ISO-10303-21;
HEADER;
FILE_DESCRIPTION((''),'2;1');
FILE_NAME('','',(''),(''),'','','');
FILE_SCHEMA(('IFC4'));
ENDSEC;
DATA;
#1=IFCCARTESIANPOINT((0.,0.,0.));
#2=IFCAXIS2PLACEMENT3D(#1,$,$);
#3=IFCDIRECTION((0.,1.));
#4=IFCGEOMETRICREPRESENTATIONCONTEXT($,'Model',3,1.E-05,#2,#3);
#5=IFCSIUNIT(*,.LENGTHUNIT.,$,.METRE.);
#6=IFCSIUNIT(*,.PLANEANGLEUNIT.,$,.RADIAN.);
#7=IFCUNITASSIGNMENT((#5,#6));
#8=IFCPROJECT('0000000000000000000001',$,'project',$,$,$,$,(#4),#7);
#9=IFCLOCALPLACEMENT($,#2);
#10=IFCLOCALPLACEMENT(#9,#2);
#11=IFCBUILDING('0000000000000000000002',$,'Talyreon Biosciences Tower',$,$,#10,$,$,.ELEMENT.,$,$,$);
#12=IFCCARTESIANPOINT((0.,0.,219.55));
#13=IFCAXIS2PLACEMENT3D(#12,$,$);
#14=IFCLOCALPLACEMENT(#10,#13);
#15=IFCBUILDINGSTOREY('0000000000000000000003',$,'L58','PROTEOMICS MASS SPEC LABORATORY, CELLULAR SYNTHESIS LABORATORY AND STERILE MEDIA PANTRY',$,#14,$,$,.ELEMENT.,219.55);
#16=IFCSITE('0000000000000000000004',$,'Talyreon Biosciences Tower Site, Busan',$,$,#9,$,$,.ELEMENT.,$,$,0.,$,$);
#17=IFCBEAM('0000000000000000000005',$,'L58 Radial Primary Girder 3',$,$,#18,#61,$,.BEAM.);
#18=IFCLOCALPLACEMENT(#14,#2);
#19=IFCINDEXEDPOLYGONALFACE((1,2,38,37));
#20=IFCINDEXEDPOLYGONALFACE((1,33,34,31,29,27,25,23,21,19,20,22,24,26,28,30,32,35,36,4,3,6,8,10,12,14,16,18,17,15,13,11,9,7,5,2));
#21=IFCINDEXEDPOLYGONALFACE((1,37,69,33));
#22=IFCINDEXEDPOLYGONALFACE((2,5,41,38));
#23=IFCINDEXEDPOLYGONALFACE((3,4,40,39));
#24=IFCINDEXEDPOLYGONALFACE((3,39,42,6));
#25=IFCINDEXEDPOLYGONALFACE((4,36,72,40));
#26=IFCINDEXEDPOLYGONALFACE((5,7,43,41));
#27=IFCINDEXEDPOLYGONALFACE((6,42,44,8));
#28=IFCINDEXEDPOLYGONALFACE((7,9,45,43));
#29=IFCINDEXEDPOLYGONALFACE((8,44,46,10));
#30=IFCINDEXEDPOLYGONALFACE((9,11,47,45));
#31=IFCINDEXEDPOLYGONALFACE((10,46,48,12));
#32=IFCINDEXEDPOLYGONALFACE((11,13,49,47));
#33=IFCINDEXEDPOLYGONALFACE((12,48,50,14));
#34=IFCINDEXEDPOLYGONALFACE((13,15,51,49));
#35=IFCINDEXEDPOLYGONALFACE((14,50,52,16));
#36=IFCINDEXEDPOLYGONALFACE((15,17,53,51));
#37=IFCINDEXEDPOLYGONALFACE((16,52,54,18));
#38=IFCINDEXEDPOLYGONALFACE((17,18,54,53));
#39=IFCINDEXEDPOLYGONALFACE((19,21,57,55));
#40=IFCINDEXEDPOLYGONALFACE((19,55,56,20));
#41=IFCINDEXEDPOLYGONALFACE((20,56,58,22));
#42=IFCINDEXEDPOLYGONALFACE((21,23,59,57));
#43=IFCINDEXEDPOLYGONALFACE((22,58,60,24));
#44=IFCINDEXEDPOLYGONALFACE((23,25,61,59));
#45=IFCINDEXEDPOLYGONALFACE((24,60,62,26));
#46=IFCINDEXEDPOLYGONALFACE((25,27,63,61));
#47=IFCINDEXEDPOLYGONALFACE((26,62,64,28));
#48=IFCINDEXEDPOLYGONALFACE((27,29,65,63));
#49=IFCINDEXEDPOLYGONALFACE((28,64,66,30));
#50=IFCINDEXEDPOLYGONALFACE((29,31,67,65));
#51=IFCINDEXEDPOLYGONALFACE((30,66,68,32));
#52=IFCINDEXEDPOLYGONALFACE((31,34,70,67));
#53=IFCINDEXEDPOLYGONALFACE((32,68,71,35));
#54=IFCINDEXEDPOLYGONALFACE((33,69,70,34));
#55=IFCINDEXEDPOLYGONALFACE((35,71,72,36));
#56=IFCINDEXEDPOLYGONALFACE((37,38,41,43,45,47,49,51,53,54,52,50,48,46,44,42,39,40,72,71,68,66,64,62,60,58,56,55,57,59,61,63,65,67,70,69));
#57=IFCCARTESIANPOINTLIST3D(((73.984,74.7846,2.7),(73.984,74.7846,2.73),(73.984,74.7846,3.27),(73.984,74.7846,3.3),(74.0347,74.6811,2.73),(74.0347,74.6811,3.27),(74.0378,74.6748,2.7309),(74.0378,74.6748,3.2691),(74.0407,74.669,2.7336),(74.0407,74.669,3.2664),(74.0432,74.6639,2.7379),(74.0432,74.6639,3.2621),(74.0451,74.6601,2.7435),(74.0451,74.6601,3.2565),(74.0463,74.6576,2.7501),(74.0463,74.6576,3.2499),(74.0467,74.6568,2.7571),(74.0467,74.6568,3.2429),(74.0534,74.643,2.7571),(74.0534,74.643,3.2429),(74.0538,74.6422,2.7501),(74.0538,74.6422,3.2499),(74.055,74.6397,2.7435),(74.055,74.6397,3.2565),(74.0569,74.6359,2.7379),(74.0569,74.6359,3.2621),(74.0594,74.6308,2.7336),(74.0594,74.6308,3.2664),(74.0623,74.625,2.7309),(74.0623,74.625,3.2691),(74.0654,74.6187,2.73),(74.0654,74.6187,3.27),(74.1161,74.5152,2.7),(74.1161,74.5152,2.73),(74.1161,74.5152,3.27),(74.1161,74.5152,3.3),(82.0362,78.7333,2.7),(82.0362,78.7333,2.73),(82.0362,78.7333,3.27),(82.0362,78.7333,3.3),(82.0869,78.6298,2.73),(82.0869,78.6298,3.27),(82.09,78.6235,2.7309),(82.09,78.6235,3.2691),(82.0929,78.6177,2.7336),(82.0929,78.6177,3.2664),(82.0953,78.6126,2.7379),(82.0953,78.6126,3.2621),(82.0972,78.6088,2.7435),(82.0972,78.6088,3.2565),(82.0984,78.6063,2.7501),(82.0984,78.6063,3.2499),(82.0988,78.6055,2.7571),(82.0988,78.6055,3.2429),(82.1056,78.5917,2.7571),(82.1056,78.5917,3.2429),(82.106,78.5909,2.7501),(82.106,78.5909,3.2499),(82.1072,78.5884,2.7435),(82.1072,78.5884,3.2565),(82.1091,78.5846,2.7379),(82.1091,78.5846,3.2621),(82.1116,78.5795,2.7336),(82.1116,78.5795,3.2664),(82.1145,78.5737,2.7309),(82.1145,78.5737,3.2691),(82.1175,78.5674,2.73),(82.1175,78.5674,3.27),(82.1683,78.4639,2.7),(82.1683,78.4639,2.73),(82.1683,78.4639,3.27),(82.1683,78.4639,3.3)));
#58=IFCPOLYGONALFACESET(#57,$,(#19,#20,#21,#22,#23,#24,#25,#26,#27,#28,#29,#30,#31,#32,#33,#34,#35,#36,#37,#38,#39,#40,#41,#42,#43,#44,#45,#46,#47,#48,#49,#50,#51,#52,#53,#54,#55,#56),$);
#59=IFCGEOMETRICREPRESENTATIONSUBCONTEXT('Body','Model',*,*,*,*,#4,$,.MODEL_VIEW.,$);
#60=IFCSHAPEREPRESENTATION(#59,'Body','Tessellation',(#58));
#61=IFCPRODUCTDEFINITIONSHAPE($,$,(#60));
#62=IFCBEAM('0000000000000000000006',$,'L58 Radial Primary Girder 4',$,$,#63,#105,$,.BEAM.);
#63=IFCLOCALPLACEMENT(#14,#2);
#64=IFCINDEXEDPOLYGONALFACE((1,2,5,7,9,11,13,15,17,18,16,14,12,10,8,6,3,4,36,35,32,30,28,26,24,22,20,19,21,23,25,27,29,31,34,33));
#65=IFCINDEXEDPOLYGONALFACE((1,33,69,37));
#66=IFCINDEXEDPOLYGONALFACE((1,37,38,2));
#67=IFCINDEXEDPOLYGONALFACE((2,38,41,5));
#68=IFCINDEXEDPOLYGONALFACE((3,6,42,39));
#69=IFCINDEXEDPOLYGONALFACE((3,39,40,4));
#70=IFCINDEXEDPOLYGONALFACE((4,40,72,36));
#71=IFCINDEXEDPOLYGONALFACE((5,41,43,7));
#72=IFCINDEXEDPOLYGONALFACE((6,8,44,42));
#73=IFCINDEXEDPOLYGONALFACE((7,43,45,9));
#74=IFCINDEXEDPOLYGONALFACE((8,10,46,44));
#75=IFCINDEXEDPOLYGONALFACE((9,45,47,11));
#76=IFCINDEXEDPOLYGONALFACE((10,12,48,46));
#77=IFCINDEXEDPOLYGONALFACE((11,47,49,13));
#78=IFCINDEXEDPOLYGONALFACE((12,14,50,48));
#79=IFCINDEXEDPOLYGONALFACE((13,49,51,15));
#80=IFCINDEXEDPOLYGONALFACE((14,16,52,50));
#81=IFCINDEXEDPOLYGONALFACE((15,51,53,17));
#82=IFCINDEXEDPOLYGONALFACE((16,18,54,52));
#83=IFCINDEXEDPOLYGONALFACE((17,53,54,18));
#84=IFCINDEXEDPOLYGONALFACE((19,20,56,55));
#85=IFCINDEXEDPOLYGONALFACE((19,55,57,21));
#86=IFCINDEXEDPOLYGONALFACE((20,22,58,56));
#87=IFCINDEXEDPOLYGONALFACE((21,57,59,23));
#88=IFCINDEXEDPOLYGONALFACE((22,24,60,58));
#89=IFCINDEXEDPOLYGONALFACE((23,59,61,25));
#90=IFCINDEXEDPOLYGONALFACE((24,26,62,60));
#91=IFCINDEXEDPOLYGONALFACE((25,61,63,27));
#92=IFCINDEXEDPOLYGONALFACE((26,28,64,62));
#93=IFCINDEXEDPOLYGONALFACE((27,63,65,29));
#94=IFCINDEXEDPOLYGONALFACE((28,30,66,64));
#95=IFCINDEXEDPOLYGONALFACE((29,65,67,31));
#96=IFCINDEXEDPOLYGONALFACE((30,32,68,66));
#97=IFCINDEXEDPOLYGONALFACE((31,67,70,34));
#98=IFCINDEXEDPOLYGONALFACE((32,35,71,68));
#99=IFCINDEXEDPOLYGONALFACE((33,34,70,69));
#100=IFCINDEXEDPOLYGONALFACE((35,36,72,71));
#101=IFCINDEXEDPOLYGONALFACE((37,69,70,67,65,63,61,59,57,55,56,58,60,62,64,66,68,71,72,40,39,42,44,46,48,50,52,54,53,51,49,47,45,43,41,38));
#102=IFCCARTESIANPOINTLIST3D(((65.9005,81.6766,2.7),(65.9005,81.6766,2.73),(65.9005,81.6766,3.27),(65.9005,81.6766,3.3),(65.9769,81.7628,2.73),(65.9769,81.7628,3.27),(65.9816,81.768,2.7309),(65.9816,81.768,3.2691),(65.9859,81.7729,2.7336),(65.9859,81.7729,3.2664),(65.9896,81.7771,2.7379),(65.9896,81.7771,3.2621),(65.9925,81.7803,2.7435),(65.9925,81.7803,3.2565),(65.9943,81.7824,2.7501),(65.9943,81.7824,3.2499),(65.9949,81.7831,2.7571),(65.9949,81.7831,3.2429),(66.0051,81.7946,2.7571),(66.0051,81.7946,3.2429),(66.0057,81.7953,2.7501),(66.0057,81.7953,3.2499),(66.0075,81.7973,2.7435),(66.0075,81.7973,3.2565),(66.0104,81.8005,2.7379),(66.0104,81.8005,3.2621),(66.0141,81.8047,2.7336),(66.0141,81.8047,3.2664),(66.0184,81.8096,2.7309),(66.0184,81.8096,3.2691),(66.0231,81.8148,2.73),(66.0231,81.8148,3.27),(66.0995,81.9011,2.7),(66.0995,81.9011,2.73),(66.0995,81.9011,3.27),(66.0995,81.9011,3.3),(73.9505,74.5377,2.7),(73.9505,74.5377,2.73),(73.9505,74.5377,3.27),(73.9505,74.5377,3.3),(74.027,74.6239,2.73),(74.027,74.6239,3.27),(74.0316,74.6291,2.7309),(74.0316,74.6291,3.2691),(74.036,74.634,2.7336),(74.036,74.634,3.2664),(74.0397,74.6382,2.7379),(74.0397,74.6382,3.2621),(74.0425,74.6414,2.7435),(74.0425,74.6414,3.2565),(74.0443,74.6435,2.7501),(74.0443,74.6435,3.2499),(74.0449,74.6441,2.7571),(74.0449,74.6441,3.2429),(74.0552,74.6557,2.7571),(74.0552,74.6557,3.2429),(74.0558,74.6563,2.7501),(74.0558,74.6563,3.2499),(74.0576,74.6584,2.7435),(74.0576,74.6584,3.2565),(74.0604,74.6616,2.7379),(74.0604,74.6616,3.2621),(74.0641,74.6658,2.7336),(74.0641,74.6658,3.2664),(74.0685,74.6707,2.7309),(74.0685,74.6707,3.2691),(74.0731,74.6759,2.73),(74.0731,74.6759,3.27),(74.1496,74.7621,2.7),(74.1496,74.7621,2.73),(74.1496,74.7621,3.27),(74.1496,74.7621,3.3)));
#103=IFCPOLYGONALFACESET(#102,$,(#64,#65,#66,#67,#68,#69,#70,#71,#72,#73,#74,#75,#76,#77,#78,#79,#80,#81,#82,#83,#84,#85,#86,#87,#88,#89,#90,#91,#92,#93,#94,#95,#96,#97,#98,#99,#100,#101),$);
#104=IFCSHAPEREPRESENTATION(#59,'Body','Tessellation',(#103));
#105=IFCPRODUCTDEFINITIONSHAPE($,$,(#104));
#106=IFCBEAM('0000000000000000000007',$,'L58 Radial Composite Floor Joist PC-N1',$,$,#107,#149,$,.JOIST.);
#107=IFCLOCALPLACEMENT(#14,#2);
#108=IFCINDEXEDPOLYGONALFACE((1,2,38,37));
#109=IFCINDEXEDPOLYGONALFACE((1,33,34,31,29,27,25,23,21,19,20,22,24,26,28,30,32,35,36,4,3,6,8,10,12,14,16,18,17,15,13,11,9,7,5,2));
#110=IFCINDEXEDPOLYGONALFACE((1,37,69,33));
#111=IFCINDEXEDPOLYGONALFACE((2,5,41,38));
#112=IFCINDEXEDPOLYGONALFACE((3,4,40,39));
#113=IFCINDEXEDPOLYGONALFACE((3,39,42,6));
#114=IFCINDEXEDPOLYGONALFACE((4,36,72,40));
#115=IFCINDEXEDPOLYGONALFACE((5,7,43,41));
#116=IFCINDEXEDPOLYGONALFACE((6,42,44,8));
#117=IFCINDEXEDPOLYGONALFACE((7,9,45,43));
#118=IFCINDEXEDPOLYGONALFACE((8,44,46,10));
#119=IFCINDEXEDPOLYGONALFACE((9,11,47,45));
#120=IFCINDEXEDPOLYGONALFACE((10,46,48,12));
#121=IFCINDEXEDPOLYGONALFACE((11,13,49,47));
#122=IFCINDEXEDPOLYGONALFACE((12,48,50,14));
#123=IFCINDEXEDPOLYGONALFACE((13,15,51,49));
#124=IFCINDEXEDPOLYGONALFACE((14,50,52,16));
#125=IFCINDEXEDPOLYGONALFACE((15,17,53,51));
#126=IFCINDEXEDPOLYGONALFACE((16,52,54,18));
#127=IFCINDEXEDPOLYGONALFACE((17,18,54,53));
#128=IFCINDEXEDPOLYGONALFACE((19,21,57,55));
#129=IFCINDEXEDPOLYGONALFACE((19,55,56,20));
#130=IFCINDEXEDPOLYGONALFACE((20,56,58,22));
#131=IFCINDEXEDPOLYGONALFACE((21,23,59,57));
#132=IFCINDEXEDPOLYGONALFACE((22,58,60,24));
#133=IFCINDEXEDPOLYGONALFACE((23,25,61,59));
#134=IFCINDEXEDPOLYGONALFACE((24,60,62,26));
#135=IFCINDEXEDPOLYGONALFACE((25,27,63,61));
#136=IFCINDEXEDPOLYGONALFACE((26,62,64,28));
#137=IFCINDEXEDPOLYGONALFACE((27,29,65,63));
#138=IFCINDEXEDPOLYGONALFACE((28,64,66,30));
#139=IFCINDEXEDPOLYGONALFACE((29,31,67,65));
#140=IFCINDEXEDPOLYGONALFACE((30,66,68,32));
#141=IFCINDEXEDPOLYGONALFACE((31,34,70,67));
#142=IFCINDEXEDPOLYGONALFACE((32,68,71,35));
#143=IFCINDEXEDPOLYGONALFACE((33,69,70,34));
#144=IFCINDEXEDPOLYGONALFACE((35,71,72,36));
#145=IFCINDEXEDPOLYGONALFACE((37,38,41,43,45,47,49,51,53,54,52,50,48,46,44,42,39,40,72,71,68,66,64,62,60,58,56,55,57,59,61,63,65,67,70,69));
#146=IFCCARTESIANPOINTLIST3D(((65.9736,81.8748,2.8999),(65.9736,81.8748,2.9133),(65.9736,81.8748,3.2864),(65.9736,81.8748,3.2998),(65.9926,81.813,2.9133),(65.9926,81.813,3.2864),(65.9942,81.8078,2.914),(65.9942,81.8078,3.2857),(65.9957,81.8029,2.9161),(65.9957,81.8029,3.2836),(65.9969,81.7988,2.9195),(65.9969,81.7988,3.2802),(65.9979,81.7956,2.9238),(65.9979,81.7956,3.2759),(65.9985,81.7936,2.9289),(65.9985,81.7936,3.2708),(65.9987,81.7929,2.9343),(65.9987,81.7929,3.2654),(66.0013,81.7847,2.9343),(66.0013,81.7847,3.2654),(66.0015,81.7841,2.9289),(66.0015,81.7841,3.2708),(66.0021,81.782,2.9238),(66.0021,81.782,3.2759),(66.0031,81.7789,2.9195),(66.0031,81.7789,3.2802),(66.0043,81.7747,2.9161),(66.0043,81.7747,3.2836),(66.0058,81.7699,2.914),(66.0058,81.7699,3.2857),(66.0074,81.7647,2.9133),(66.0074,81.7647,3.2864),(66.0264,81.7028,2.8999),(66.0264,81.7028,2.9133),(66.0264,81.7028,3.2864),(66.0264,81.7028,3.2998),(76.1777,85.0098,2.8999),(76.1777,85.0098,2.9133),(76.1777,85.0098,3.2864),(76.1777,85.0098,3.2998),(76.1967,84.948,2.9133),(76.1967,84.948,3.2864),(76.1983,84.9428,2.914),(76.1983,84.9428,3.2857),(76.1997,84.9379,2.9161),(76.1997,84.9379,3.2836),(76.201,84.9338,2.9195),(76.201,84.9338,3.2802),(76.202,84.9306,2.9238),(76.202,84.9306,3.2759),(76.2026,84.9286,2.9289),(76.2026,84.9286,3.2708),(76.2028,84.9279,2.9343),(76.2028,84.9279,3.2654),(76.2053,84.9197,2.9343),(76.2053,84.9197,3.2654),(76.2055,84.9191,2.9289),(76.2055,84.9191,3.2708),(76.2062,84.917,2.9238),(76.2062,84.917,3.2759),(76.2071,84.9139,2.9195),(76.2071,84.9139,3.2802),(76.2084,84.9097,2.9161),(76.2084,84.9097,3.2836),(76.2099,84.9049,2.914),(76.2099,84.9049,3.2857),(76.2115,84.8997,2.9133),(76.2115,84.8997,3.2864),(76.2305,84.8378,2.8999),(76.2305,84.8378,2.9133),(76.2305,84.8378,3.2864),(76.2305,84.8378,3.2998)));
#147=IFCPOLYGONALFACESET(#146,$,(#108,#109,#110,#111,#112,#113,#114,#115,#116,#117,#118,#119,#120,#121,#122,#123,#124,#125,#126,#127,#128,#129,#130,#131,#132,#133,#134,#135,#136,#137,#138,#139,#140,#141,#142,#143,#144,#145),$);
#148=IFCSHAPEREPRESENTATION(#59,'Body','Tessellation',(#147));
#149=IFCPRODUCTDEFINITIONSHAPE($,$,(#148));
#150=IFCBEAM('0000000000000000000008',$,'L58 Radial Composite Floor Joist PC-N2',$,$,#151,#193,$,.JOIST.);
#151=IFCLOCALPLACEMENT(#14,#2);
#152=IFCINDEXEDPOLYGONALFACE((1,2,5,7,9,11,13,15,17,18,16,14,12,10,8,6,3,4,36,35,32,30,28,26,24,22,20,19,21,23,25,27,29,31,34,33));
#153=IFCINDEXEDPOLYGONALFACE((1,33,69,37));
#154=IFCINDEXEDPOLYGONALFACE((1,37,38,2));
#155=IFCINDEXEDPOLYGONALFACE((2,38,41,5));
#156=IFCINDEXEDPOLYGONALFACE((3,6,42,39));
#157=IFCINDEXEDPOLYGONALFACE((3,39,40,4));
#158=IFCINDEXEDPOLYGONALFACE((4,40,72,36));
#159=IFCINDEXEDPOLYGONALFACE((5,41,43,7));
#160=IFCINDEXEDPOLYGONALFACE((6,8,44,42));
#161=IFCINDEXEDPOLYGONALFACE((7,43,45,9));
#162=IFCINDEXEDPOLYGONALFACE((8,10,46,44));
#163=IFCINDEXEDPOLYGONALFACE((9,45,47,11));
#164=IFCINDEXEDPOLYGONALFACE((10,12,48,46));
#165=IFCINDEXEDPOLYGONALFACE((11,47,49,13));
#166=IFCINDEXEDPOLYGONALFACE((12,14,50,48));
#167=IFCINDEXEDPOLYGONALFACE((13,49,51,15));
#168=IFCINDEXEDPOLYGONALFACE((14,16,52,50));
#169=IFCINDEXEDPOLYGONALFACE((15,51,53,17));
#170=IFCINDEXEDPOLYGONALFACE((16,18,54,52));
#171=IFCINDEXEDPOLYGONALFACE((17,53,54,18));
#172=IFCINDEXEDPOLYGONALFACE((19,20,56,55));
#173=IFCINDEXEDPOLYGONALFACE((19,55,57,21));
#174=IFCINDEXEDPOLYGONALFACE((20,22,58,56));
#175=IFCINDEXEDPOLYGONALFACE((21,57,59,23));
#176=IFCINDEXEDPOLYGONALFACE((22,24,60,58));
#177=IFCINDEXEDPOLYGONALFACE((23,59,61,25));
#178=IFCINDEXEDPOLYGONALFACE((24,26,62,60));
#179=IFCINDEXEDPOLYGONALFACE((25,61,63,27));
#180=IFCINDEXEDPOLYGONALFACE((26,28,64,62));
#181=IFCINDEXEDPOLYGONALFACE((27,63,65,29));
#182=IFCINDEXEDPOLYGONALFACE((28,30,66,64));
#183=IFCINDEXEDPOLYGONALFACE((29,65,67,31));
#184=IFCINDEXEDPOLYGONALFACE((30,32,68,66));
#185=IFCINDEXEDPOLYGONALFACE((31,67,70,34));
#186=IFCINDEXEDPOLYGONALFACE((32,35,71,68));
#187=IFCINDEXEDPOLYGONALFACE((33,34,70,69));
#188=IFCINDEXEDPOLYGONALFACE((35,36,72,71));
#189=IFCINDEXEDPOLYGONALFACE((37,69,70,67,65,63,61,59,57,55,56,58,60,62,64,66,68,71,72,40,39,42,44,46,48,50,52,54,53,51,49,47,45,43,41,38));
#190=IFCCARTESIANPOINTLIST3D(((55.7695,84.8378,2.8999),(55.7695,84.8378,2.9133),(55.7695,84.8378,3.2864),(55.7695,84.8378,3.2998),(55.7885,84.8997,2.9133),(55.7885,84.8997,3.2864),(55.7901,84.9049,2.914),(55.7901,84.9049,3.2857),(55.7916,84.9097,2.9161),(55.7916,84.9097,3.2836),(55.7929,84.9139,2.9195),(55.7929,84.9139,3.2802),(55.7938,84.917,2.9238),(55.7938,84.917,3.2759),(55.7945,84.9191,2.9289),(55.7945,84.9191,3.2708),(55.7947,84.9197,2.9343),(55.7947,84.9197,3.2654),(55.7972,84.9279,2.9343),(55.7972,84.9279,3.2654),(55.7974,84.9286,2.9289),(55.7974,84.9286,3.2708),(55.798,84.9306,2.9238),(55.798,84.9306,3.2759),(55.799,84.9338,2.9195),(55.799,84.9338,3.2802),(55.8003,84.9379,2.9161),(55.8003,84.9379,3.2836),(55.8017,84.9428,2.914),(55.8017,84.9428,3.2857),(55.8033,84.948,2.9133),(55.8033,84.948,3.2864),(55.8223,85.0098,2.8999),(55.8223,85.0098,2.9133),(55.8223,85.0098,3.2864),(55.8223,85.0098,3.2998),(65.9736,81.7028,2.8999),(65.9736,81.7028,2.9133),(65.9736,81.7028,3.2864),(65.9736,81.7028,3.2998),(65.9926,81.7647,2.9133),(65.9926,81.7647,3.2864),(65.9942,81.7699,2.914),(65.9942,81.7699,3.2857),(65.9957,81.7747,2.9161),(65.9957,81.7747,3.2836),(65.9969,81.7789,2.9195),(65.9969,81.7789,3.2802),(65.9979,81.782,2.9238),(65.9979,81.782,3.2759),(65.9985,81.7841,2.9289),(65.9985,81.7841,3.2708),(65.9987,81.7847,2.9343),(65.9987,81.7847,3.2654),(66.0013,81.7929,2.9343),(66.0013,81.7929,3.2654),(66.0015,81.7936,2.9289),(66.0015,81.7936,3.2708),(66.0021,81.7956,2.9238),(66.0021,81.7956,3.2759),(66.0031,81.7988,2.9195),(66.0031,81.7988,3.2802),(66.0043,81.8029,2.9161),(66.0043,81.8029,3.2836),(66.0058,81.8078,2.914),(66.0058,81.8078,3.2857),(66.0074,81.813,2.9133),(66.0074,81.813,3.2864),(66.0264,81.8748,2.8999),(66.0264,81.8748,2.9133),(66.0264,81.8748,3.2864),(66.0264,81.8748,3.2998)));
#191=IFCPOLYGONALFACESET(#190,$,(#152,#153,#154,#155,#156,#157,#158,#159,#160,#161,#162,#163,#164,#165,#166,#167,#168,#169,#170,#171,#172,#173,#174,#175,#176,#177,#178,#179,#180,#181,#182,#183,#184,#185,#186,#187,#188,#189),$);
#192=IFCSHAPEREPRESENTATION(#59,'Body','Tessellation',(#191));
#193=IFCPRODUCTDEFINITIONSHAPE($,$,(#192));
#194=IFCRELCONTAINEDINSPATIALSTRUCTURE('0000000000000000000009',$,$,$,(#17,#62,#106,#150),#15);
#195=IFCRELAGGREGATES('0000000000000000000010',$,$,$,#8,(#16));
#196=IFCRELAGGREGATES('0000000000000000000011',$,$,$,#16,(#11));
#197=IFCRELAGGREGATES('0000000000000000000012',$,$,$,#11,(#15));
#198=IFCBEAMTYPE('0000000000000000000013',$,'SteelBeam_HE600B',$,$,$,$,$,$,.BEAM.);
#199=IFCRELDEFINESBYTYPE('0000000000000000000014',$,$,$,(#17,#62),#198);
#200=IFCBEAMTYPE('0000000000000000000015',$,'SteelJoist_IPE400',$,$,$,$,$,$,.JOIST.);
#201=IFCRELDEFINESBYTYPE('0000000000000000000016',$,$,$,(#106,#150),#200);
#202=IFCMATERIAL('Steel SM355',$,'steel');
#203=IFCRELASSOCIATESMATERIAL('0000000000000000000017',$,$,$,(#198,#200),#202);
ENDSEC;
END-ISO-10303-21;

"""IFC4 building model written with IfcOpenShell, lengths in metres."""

from ifc_helpers import new_model, si_unit, direction, frame, origin, origin_2d, place, context, subcontext, project, spatial, i_section, extrude, material, material_profile, profile_set, type_object, element, save


model = new_model("IFC4")

# Units and contexts
model_context = context("Model", 3, precision=1e-05, world=origin(), true_north=direction((0.0, 1.0)))
body_context = subcontext(model_context, "Body", "Model", "MODEL_VIEW")
ifc_project = project(units=[si_unit("LENGTHUNIT", "METRE"), si_unit("PLANEANGLEUNIT", "RADIAN")], contexts=[model_context])

# Site, building, storey
site_placement = place(None, origin())
site = spatial("IfcSite", under=ifc_project, at=site_placement, Name="Talyreon Biosciences Tower Site, Busan", CompositionType="ELEMENT", RefElevation=0.0)
building_placement = place(site_placement, origin())
building = spatial("IfcBuilding", under=site, at=building_placement, Name="Talyreon Biosciences Tower", CompositionType="ELEMENT")
storey_placement = place(building_placement, frame((0.0, 0.0, 219.55)))
storey = spatial("IfcBuildingStorey", under=building, at=storey_placement, Name="L58", Description="PROTEOMICS MASS SPEC LABORATORY, CELLULAR SYNTHESIS LABORATORY AND STERILE MEDIA PANTRY", CompositionType="ELEMENT", Elevation=219.55)

# Beams
ifc_material_1 = material(Name="Steel SM355", Category="steel")
ifc_material_profile_1 = material_profile(ifc_material_1, i_section(OverallWidth=0.3, OverallDepth=0.6001, WebThickness=0.0154, FlangeThickness=0.03, FilletRadius=0.0271, at=origin_2d()), Name="HE600B")
ifc_profile_set_1 = profile_set([ifc_material_profile_1], Name="Steel SM355")
beam_type_1 = type_object("IfcBeamType", Name="SteelBeam_HE600B", PredefinedType="BEAM", material=ifc_profile_set_1)
beam_1_placement = place(storey_placement, frame((74.05, 74.6499, 3.0), z_axis=(0.897852, 0.440297, 0.0), x_axis=(-0.440297, 0.897852, 0.0)))
element("IfcBeam", 1, at=beam_1_placement, inside=storey, type_object=beam_type_1, Name="L58 Radial Primary Girder 3", PredefinedType="BEAM", context=body_context, shape_type="SweptSolid", body=[
    extrude(i_section(OverallWidth=0.3, OverallDepth=0.6001, WebThickness=0.0154, FlangeThickness=0.03, FilletRadius=0.0271, at=origin_2d()), origin(), (0.0, 0.0, 1.0), 8.9683),
])
beam_2_placement = place(storey_placement, frame((74.05, 74.6499, 3.0), z_axis=(-0.748179, 0.663497, 0.0), x_axis=(-0.663497, -0.748179, 0.0)))
element("IfcBeam", 2, at=beam_2_placement, inside=storey, type_object=beam_type_1, Name="L58 Radial Primary Girder 4", PredefinedType="BEAM", context=body_context, shape_type="SweptSolid", body=[
    extrude(i_section(OverallWidth=0.3, OverallDepth=0.6001, WebThickness=0.0154, FlangeThickness=0.03, FilletRadius=0.0271, at=origin_2d()), origin(), (0.0, 0.0, 1.0), 10.7595),
])
ifc_material_profile_2 = material_profile(ifc_material_1, i_section(OverallWidth=0.1799, OverallDepth=0.3999, WebThickness=0.0085, FlangeThickness=0.0134, FilletRadius=0.021, at=origin_2d()), Name="IPE400")
ifc_profile_set_2 = profile_set([ifc_material_profile_2], Name="Steel SM355")
beam_type_2 = type_object("IfcBeamType", Name="SteelJoist_IPE400", PredefinedType="JOIST", material=ifc_profile_set_2)
for number, where, z_axis, x_axis, name in (
    (3, (66.0, 81.7888, 3.0999), (0.955903, 0.293682, 0.0), (-0.293682, 0.955903, 0.0), "L58 Radial Composite Floor Joist PC-N1"),
    (4, (66.0, 81.7888, 3.0999), (-0.955903, 0.293682, 0.0), (-0.293682, -0.955903, 0.0), "L58 Radial Composite Floor Joist PC-N2"),
):
    element("IfcBeam", number, at=place(storey_placement, frame(where, z_axis=z_axis, x_axis=x_axis)), inside=storey, type_object=beam_type_2, Name=name, PredefinedType="JOIST", context=body_context, shape_type="SweptSolid", body=[
        extrude(i_section(OverallWidth=0.1799, OverallDepth=0.3999, WebThickness=0.0085, FlangeThickness=0.0134, FilletRadius=0.021, at=origin_2d()), origin(), (0.0, 0.0, 1.0), 10.6748),
    ])

save(model, "model.ifc")
